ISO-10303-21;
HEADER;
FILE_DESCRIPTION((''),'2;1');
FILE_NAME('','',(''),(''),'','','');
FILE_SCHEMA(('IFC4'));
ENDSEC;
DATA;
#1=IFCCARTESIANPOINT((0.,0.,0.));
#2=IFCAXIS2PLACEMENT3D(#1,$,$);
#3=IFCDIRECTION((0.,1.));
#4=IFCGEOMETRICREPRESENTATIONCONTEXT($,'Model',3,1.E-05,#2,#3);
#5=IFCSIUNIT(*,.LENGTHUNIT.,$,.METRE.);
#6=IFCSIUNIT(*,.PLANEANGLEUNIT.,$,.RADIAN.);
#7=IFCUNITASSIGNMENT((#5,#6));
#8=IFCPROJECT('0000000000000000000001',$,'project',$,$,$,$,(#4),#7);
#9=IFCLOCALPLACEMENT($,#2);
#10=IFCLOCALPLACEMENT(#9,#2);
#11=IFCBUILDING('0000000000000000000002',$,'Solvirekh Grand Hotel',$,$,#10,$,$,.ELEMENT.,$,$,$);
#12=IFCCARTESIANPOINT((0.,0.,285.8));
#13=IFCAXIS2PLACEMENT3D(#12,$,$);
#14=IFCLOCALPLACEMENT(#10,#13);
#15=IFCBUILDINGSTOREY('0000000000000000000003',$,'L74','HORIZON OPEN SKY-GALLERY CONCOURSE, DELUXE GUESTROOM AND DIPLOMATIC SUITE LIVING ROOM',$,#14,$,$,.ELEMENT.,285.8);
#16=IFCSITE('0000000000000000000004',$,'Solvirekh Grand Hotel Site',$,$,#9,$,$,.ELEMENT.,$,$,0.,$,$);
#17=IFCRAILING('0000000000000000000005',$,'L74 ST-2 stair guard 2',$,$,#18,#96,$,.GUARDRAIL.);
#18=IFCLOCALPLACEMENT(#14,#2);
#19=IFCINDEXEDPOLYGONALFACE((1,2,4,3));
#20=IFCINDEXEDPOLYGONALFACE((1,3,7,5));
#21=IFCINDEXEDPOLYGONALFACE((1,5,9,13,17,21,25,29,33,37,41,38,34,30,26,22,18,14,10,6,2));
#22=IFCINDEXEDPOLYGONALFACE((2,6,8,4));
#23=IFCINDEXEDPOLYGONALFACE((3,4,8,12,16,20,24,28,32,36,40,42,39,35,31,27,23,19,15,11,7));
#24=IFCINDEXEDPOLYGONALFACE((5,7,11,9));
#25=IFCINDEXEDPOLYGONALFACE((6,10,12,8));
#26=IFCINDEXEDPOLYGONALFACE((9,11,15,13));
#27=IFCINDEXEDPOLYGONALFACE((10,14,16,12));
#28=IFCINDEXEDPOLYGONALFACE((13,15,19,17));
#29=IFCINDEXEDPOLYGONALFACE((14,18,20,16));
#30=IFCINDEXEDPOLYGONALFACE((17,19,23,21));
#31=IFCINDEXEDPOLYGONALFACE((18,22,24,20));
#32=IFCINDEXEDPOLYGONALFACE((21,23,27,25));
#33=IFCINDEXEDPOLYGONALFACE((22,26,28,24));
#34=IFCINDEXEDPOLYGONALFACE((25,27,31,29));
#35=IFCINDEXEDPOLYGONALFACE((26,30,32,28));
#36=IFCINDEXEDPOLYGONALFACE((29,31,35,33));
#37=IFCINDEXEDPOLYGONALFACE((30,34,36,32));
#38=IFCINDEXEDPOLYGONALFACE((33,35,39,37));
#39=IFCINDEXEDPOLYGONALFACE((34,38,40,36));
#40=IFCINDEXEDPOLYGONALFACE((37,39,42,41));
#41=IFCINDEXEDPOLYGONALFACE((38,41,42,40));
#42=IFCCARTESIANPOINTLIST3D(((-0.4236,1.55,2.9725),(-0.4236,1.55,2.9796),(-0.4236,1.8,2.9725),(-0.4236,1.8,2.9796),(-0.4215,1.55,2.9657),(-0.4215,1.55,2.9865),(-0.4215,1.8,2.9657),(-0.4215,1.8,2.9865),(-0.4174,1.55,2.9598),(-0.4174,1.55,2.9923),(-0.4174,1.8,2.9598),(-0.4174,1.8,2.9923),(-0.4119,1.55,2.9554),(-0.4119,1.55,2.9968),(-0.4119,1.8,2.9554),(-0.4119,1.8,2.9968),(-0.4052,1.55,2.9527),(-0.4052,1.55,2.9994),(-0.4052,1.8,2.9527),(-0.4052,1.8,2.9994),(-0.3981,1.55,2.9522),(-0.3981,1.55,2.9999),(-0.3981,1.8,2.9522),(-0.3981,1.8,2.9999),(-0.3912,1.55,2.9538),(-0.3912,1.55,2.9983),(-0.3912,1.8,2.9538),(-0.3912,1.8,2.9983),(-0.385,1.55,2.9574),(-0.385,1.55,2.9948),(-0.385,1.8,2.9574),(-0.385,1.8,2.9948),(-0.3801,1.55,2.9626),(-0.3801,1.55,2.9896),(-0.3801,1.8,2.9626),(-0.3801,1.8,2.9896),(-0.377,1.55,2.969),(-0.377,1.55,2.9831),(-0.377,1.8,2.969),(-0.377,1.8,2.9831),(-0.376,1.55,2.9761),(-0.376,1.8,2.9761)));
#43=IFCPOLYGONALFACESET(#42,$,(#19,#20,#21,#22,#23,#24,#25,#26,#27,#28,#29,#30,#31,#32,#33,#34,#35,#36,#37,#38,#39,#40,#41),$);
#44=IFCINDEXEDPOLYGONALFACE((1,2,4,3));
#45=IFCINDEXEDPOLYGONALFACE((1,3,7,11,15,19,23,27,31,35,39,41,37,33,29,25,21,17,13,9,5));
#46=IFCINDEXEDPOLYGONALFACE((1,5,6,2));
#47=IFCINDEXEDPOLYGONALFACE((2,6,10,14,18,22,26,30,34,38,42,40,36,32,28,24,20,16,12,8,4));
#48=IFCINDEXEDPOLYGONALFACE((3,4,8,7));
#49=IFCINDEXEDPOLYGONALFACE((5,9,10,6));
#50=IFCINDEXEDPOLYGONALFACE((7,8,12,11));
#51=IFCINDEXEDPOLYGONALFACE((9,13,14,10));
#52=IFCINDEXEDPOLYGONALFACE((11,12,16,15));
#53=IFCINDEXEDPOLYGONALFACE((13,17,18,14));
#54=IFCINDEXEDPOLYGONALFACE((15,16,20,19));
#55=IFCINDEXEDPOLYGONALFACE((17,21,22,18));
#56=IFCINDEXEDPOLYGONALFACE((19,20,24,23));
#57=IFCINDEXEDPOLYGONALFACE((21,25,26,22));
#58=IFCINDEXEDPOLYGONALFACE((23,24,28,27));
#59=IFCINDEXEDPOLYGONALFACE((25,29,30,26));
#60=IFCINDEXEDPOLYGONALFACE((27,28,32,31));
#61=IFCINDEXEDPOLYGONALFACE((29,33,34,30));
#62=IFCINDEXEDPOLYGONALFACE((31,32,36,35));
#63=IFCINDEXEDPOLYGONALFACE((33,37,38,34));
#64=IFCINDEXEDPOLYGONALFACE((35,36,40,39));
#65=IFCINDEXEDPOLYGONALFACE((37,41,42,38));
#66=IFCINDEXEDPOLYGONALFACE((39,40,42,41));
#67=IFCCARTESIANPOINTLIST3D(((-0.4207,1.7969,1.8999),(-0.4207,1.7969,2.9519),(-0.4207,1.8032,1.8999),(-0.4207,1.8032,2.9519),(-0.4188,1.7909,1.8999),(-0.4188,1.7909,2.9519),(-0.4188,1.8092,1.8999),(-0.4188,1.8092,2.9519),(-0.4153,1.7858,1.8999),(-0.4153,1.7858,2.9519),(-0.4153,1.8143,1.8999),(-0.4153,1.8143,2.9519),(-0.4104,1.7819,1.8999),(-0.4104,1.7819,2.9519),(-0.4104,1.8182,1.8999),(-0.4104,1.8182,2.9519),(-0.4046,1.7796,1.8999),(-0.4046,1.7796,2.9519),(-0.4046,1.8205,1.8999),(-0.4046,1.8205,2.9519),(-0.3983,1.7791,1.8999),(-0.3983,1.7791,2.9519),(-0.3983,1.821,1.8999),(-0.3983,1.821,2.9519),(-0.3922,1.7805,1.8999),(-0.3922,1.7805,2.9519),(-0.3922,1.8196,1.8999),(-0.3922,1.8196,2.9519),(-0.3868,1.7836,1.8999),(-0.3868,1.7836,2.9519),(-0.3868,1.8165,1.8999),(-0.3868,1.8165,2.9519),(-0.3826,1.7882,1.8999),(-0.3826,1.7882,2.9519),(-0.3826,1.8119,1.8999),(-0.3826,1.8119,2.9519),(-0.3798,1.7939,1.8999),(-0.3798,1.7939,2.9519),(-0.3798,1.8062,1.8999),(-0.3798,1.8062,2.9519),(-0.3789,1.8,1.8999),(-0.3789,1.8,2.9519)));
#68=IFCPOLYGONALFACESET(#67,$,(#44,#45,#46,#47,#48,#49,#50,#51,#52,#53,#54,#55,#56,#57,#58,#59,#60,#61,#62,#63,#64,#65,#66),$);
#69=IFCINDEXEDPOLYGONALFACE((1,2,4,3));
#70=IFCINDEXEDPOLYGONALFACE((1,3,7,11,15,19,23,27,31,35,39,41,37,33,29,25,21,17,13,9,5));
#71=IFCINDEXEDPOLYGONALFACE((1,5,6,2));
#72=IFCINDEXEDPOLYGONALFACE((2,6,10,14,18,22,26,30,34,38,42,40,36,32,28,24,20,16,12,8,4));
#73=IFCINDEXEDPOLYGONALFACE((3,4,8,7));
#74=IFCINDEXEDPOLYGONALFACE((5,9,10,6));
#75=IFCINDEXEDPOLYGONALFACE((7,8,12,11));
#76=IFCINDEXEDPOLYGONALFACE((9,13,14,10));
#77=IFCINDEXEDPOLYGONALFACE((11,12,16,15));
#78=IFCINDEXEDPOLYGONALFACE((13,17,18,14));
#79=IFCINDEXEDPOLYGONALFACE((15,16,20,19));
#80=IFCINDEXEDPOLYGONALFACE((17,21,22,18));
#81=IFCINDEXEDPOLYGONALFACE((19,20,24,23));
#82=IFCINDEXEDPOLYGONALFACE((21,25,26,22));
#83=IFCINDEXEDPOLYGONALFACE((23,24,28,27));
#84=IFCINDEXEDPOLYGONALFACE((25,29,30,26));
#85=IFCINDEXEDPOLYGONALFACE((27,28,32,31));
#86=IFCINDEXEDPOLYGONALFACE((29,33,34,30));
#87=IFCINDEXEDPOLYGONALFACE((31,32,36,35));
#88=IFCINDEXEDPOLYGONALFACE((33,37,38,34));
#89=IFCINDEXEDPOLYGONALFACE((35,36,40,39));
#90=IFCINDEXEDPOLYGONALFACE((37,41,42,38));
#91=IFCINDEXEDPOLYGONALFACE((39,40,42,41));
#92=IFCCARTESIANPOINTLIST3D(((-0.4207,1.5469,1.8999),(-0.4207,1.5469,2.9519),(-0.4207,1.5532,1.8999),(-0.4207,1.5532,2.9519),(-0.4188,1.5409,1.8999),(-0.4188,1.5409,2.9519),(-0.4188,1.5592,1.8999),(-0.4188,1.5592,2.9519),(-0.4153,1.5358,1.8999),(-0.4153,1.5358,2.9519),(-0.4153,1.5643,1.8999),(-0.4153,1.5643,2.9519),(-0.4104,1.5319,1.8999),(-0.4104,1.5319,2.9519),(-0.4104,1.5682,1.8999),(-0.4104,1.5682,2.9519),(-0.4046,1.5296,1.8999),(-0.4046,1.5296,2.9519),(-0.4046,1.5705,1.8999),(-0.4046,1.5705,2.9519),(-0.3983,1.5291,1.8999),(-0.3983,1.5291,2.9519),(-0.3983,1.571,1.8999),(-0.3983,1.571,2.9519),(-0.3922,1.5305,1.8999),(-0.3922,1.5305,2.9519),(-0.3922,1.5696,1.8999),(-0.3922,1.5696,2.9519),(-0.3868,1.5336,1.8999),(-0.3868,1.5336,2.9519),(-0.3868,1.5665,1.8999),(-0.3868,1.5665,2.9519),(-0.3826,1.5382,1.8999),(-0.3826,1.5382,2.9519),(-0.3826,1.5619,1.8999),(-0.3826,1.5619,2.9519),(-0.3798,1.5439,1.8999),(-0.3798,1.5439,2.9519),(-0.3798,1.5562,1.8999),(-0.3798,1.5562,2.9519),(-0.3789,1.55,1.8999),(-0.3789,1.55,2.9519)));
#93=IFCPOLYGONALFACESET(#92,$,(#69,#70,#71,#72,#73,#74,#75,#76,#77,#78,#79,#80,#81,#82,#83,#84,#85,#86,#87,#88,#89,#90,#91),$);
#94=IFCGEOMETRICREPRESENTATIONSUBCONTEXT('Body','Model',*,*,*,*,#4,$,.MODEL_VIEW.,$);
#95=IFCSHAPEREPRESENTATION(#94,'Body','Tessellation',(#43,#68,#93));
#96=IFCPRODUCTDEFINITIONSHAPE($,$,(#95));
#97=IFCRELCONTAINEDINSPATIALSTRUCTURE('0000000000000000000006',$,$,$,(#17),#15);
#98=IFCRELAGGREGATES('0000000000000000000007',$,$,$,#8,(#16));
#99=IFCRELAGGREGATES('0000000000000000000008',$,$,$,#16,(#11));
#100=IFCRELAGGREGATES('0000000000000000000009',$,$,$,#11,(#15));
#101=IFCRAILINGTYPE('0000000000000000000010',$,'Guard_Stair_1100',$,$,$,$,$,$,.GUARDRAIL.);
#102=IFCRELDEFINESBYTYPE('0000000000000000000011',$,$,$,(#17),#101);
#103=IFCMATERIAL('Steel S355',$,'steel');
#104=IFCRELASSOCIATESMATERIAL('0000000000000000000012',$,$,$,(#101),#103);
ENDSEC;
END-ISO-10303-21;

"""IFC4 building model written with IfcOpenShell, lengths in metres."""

from ifc_helpers import new_model, si_unit, direction, frame, origin, origin_2d, place, context, subcontext, project, spatial, circle, extrude, material, type_object, element, save


model = new_model("IFC4")

# Units and contexts
model_context = context("Model", 3, precision=1e-05, world=origin(), true_north=direction((0.0, 1.0)))
body_context = subcontext(model_context, "Body", "Model", "MODEL_VIEW")
ifc_project = project(units=[si_unit("LENGTHUNIT", "METRE"), si_unit("PLANEANGLEUNIT", "RADIAN")], contexts=[model_context])

# Site, building, storey
site_placement = place(None, origin())
site = spatial("IfcSite", under=ifc_project, at=site_placement, Name="Solvirekh Grand Hotel Site", CompositionType="ELEMENT", RefElevation=0.0)
building_placement = place(site_placement, origin())
building = spatial("IfcBuilding", under=site, at=building_placement, Name="Solvirekh Grand Hotel", CompositionType="ELEMENT")
storey_placement = place(building_placement, frame((0.0, 0.0, 285.8)))
storey = spatial("IfcBuildingStorey", under=building, at=storey_placement, Name="L74", Description="HORIZON OPEN SKY-GALLERY CONCOURSE, DELUXE GUESTROOM AND DIPLOMATIC SUITE LIVING ROOM", CompositionType="ELEMENT", Elevation=285.8)

# Railing
ifc_material_1 = material(Name="Steel S355", Category="steel")
railing_type_1 = type_object("IfcRailingType", Name="Guard_Stair_1100", PredefinedType="GUARDRAIL", material=ifc_material_1)
railing_1_placement = place(storey_placement, frame((-0.3999, 1.8, 1.8999)))
element("IfcRailing", 1, at=railing_1_placement, inside=storey, type_object=railing_type_1, Name="L74 ST-2 stair guard 2", PredefinedType="GUARDRAIL", context=body_context, shape_type="SweptSolid", body=[
    extrude(circle(Radius=0.0239, at=origin_2d()), frame((0.0, 0.0, 1.0762), z_axis=(0.0, -1.0, 0.0), x_axis=(1.0, 0.0, 0.0)), (0.0, 0.0, 1.0), 0.25),
    extrude(circle(Radius=0.021, at=origin_2d()), origin(), (0.0, 0.0, 1.0), 1.052),
    extrude(circle(Radius=0.021, at=origin_2d()), frame((0.0, -0.25, 0.0)), (0.0, 0.0, 1.0), 1.052),
])

save(model, "model.ifc")
